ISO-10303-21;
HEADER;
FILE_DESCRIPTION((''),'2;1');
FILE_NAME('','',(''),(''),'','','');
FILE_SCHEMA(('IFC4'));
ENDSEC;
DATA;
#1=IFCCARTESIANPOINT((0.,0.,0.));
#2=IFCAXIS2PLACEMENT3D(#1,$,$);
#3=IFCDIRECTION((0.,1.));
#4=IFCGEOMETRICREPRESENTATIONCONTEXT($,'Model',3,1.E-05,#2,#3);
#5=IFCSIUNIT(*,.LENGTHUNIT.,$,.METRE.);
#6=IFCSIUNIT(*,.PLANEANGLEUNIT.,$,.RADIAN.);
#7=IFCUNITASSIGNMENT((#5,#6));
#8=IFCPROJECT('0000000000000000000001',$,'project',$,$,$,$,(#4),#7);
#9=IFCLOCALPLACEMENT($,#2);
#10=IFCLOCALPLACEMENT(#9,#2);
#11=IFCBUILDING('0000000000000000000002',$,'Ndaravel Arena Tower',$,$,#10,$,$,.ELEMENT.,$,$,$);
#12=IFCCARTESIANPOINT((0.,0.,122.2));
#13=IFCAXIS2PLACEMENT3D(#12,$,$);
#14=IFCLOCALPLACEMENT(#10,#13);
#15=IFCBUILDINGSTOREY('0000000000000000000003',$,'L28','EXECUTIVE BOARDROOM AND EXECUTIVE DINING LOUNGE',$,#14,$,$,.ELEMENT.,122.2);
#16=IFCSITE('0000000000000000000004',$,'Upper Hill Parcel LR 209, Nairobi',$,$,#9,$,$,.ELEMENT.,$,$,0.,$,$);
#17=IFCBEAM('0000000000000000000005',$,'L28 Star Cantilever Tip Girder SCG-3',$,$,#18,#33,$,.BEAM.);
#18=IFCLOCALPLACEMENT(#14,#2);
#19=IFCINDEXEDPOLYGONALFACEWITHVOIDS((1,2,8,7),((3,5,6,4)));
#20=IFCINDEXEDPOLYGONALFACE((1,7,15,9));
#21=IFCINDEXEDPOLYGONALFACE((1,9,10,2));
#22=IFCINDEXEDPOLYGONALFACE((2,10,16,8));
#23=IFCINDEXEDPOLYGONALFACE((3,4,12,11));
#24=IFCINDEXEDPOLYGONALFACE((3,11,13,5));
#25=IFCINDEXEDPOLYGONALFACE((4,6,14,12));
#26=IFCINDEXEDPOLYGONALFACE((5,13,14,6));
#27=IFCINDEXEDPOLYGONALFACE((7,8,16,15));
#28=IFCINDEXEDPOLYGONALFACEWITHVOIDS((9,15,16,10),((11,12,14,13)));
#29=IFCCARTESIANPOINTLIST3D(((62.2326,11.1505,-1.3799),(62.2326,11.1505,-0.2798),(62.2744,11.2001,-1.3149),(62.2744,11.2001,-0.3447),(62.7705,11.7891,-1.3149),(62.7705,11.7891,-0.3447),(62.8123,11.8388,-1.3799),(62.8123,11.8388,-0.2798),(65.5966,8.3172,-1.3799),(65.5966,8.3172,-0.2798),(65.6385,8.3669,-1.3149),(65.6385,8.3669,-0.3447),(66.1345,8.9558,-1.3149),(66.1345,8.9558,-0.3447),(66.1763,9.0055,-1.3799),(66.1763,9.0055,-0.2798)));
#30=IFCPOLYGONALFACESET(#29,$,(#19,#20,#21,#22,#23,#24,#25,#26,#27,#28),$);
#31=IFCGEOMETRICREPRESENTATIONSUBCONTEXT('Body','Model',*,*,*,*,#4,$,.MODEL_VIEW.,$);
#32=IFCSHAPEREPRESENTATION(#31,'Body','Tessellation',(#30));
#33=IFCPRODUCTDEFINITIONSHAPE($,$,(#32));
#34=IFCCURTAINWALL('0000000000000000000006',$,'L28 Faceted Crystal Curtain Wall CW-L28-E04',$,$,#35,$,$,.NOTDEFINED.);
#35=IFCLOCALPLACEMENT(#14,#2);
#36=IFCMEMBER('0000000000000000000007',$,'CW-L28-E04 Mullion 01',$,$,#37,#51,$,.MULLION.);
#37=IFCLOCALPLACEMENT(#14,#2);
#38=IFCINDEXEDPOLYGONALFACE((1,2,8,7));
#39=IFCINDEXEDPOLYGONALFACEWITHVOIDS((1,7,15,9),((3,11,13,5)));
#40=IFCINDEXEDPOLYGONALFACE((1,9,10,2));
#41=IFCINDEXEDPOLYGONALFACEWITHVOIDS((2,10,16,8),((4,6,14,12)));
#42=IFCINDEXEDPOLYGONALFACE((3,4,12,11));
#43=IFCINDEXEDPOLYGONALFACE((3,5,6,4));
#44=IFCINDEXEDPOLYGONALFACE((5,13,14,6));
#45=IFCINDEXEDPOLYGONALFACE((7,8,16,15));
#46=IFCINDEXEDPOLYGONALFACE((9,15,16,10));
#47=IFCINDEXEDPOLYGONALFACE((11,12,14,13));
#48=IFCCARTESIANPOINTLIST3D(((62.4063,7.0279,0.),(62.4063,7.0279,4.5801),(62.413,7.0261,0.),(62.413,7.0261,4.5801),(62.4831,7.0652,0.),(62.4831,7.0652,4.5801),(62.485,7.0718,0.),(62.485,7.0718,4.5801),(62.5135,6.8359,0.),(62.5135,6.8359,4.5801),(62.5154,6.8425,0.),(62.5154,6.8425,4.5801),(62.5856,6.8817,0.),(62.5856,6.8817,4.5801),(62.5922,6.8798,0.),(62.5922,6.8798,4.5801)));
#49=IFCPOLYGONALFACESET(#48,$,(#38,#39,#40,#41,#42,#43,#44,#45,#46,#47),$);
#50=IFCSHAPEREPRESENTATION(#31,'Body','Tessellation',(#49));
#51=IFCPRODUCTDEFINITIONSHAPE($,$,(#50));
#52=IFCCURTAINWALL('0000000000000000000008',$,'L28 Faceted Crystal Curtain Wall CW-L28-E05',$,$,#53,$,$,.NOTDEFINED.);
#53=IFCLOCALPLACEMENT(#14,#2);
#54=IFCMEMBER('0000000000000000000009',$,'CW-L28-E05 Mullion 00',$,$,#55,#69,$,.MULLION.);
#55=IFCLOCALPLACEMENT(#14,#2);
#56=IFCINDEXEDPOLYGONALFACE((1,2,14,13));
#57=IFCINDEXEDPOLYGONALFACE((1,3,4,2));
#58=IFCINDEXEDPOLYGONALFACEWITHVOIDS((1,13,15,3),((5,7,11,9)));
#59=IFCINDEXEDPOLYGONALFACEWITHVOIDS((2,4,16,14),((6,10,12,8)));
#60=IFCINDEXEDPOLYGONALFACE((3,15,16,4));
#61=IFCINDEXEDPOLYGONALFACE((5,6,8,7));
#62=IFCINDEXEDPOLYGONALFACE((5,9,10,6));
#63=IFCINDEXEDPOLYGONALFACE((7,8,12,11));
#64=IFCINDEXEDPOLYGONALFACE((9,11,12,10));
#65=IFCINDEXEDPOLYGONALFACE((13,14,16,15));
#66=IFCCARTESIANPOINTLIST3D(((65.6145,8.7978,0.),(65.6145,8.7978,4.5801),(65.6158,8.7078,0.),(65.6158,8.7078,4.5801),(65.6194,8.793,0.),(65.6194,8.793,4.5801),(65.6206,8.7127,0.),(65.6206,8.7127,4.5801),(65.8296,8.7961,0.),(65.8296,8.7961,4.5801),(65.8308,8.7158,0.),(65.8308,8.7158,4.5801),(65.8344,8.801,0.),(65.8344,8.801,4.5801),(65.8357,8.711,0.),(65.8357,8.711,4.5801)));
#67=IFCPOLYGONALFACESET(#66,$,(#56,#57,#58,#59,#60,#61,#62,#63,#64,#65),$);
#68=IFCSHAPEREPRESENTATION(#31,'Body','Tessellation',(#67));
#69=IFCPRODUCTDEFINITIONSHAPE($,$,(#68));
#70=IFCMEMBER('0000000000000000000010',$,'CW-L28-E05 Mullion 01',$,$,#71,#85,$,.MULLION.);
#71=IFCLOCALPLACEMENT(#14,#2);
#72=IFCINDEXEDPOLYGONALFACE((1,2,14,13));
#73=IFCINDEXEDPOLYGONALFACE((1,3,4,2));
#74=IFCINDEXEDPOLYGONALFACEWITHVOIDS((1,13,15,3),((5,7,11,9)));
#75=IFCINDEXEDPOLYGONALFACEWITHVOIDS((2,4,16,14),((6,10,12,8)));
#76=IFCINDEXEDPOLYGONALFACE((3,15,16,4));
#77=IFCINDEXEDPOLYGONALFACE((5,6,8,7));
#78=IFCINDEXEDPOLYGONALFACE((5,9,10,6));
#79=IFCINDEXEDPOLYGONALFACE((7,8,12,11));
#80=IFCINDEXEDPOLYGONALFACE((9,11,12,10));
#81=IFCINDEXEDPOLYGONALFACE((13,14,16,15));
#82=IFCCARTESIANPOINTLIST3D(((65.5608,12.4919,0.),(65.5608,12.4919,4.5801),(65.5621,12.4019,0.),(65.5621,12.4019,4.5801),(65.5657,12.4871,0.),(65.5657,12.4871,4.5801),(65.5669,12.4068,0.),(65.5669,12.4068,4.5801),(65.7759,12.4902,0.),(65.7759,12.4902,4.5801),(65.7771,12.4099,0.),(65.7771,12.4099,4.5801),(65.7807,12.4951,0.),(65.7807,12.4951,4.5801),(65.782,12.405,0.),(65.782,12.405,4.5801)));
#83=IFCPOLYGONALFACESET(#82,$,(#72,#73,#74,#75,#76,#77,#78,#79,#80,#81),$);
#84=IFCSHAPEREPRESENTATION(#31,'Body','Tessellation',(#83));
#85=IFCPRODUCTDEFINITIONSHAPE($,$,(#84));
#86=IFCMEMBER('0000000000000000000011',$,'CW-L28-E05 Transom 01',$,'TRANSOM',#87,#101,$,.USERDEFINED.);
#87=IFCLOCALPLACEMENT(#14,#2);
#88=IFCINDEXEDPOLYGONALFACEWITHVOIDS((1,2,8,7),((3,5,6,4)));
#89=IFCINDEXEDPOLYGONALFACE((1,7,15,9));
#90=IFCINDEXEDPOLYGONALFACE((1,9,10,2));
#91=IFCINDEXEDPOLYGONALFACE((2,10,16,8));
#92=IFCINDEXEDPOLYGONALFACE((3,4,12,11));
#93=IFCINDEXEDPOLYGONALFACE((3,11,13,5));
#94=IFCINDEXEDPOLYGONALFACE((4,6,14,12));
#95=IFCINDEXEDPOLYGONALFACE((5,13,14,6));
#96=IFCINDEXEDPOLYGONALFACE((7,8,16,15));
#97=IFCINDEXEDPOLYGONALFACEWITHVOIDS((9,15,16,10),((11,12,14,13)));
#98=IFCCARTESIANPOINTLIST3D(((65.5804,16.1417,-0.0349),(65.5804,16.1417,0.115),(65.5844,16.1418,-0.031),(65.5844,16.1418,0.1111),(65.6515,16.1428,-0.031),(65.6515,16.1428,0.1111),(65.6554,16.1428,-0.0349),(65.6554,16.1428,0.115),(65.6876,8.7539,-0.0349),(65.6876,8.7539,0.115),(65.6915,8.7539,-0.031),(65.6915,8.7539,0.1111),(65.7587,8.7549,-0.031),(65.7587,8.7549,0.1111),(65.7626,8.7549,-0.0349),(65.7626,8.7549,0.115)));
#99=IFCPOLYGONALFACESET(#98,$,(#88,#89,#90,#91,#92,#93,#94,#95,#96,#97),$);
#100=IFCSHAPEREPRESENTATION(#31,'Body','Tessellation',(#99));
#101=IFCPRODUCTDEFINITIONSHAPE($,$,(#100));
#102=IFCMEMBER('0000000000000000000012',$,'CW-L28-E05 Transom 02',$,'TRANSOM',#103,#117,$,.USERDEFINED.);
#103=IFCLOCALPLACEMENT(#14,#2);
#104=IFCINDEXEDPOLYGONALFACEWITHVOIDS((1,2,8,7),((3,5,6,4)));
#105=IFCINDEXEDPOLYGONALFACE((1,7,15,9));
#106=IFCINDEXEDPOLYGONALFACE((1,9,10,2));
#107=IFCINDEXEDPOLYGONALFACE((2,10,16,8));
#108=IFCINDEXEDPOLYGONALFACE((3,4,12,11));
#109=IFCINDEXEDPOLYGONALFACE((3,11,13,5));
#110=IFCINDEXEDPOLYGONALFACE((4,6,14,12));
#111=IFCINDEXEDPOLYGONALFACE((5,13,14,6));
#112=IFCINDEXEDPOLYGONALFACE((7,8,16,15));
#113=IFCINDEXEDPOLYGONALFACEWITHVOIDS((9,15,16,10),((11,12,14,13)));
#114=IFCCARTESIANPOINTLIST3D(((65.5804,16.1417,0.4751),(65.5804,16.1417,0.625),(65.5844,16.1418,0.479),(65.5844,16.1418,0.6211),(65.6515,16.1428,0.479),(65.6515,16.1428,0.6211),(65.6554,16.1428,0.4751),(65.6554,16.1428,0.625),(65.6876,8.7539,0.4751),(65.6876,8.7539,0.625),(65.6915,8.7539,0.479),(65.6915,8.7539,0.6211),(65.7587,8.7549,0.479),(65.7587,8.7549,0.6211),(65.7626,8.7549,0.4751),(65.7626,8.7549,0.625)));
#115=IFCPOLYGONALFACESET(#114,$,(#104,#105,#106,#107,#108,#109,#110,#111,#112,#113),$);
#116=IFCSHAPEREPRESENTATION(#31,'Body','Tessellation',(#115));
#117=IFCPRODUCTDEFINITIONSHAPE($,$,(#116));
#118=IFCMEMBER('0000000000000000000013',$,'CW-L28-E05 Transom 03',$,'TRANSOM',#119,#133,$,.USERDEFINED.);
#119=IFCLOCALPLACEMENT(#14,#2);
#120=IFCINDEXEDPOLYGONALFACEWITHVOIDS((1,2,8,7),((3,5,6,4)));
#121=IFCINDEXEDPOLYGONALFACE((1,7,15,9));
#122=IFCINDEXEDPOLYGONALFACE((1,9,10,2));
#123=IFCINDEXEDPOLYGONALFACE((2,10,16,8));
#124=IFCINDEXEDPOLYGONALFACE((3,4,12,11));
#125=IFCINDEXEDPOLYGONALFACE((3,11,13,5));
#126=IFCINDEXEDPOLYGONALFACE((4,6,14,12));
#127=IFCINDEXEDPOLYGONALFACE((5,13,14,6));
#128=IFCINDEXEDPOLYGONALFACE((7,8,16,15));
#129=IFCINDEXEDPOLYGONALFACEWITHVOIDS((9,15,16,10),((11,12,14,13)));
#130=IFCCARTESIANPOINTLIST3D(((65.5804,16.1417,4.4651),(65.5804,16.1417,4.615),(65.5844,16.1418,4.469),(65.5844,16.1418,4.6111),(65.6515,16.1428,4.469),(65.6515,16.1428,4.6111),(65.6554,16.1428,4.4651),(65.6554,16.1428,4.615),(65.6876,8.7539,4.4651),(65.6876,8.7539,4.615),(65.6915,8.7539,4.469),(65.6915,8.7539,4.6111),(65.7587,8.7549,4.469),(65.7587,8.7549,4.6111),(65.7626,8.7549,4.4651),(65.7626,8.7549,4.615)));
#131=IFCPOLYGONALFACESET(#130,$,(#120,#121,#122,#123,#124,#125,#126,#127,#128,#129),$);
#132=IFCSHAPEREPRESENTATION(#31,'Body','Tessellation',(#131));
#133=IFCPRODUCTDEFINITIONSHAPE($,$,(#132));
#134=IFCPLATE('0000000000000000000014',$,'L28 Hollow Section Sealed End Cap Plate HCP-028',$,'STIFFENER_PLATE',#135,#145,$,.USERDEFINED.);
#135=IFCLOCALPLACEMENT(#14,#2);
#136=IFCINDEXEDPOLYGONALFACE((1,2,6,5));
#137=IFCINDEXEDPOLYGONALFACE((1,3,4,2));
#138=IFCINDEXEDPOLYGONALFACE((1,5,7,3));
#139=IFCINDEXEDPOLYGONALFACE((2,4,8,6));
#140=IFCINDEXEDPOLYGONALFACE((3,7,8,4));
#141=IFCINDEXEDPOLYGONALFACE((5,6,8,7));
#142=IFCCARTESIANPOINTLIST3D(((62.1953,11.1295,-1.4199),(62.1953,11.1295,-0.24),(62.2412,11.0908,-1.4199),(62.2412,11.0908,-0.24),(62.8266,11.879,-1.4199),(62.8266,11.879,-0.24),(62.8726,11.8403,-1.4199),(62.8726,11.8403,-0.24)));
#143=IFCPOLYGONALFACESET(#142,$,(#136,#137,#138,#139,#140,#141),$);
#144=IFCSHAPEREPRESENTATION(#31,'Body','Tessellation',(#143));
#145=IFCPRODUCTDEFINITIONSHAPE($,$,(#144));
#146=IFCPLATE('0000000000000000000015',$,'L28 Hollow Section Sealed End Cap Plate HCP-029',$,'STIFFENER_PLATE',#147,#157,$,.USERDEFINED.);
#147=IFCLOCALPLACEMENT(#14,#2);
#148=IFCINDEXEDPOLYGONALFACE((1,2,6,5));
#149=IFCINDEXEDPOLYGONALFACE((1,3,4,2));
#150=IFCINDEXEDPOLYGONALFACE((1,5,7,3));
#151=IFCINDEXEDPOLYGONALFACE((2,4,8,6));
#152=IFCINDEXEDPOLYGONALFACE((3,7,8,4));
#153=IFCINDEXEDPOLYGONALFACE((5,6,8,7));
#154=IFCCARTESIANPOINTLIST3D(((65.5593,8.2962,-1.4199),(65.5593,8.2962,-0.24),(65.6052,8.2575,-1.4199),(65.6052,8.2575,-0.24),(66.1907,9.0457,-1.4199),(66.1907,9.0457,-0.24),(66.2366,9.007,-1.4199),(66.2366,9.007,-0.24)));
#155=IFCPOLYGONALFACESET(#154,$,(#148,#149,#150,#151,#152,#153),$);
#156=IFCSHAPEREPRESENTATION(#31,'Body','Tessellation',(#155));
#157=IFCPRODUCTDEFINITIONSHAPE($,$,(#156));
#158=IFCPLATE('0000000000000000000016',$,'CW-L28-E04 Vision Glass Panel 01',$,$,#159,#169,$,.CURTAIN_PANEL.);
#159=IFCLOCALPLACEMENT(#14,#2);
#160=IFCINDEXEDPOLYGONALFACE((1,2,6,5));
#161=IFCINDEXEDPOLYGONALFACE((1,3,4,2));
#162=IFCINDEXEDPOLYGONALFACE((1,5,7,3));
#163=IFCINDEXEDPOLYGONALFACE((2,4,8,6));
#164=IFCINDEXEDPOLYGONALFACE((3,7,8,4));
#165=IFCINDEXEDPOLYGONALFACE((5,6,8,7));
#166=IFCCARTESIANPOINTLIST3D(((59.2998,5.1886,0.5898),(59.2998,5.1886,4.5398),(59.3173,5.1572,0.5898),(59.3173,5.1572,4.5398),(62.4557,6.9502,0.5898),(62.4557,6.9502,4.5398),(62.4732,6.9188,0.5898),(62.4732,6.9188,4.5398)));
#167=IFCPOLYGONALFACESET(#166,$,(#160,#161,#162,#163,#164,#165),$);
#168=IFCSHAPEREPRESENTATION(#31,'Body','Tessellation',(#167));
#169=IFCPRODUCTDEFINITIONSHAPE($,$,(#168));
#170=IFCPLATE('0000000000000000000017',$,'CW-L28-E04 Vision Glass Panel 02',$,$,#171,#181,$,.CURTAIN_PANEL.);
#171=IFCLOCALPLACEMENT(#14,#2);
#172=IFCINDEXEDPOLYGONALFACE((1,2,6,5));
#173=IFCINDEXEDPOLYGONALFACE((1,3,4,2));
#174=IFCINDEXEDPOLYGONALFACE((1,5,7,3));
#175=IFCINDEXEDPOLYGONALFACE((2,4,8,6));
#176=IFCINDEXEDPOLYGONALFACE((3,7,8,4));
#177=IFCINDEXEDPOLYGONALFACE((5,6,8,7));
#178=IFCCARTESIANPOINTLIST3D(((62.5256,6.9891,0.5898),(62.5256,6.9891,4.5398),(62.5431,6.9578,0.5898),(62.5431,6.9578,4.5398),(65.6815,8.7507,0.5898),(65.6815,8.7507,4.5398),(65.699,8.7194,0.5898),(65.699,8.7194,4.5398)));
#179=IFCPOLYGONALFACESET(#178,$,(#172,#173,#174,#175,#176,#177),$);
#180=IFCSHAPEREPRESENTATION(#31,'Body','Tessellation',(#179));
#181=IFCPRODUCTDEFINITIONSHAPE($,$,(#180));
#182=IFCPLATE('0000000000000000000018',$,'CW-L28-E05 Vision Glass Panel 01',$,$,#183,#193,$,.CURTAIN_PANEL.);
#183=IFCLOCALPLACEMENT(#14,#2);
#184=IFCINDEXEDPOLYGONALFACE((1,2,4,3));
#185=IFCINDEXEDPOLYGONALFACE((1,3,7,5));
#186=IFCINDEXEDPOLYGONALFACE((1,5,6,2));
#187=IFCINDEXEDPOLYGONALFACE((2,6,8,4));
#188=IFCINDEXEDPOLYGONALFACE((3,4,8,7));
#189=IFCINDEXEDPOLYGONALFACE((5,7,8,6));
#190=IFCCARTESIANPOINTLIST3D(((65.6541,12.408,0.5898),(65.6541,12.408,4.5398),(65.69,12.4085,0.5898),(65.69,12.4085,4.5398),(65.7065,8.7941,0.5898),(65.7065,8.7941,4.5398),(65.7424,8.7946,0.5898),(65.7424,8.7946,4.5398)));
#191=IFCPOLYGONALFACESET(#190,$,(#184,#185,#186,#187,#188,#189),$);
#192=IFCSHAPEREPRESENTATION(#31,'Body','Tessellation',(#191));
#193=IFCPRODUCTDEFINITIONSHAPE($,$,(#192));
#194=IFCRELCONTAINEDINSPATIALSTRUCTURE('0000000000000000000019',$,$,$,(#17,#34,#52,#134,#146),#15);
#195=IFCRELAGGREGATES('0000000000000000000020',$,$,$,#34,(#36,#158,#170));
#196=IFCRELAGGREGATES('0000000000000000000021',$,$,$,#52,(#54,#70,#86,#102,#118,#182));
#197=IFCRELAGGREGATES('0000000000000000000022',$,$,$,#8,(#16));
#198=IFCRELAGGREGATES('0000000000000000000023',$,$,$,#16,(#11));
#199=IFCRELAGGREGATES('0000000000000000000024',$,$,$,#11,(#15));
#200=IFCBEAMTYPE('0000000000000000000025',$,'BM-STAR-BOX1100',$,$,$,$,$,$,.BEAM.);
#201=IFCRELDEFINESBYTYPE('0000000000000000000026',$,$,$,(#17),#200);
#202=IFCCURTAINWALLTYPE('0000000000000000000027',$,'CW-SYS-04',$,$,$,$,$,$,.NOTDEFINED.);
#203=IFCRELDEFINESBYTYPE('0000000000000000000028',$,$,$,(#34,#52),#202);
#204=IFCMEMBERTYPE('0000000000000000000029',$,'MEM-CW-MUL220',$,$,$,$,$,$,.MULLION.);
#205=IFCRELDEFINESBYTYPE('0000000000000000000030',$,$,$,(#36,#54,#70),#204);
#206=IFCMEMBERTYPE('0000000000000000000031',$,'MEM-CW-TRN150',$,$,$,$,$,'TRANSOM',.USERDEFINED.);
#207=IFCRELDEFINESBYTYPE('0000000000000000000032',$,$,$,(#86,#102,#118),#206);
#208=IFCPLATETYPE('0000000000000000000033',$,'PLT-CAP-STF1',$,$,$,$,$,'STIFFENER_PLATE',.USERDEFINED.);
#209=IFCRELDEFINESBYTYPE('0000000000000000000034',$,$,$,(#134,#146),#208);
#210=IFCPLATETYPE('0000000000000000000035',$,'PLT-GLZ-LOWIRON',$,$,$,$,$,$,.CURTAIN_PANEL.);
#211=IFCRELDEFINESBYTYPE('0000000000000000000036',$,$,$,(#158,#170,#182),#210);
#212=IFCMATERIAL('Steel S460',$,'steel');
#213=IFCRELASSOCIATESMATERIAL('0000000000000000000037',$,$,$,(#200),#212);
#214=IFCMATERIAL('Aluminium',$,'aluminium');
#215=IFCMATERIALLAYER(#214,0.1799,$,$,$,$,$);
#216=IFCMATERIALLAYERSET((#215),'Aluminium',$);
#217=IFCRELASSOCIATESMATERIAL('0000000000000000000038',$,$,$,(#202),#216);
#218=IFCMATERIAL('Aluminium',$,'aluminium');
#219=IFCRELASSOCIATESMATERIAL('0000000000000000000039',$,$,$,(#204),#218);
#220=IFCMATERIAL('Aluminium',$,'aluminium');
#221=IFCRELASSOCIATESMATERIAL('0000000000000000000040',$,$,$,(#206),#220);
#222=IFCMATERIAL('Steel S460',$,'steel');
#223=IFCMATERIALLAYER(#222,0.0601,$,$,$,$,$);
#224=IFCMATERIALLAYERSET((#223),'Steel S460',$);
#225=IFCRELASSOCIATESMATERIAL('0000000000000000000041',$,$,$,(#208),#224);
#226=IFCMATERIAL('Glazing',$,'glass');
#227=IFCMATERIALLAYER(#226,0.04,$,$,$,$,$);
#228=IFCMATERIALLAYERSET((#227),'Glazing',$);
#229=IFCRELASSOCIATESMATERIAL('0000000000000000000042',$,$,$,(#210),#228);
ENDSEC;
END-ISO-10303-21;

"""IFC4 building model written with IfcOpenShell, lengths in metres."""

from ifc_helpers import new_model, si_unit, direction, frame, origin, origin_2d, place, context, subcontext, project, spatial, rectangle, hollow_rectangle, extrude, material, layer, layer_set, material_profile, profile_set, type_object, element, aggregate, save


model = new_model("IFC4")

# Units and contexts
model_context = context("Model", 3, precision=1e-05, world=origin(), true_north=direction((0.0, 1.0)))
body_context = subcontext(model_context, "Body", "Model", "MODEL_VIEW")
ifc_project = project(units=[si_unit("LENGTHUNIT", "METRE"), si_unit("PLANEANGLEUNIT", "RADIAN")], contexts=[model_context])

# Site, building, storey
site_placement = place(None, origin())
site = spatial("IfcSite", under=ifc_project, at=site_placement, Name="Upper Hill Parcel LR 209, Nairobi", CompositionType="ELEMENT", RefElevation=0.0)
building_placement = place(site_placement, origin())
building = spatial("IfcBuilding", under=site, at=building_placement, Name="Ndaravel Arena Tower", CompositionType="ELEMENT")
storey_placement = place(building_placement, frame((0.0, 0.0, 122.2)))
storey = spatial("IfcBuildingStorey", under=building, at=storey_placement, Name="L28", Description="EXECUTIVE BOARDROOM AND EXECUTIVE DINING LOUNGE", CompositionType="ELEMENT", Elevation=122.2)

# Beam
ifc_material_1 = material(Name="Steel S460", Category="steel")
ifc_material_profile_1 = material_profile(ifc_material_1, hollow_rectangle(XDim=0.8999, YDim=1.1001, WallThickness=0.0649, at=origin_2d()), Name="BOX 1100x900x65")
ifc_profile_set_1 = profile_set([ifc_material_profile_1], Name="Steel S460")
beam_type_1 = type_object("IfcBeamType", Name="BM-STAR-BOX1100", PredefinedType="BEAM", material=ifc_profile_set_1)
beam_1_placement = place(storey_placement, frame((62.5225, 11.4946, -0.8298), z_axis=(0.764867, -0.644189, 0.0), x_axis=(0.644189, 0.764867, 0.0)))
element("IfcBeam", 1, at=beam_1_placement, inside=storey, type_object=beam_type_1, Name="L28 Star Cantilever Tip Girder SCG-3", PredefinedType="BEAM", context=body_context, shape_type="SweptSolid", body=[
    extrude(hollow_rectangle(XDim=0.8999, YDim=1.1001, WallThickness=0.0649, at=origin_2d()), origin(), (0.0, 0.0, 1.0), 4.3982),
])

# Curtain wall, member
ifc_material_2 = material(Name="Aluminium", Category="aluminium")
ifc_layer_1 = layer(ifc_material_2, 0.1799)
ifc_layer_set_1 = layer_set([ifc_layer_1], Name="Aluminium")
curtain_wall_type = type_object("IfcCurtainWallType", Name="CW-SYS-04", PredefinedType="NOTDEFINED", material=ifc_layer_set_1)
curtain_wall_1_placement = place(storey_placement, origin())
curtain_wall_1 = element("IfcCurtainWall", 2, at=curtain_wall_1_placement, inside=storey, type_object=curtain_wall_type, Name="L28 Faceted Crystal Curtain Wall CW-L28-E04", PredefinedType="NOTDEFINED")
ifc_material_3 = material(Name="Aluminium", Category="aluminium")
ifc_material_profile_2 = material_profile(ifc_material_3, hollow_rectangle(XDim=0.0901, YDim=0.22, WallThickness=0.0049, at=origin_2d()), Name="CW MULLION 90x220x5")
ifc_profile_set_2 = profile_set([ifc_material_profile_2], Name="Aluminium")
member_type_1 = type_object("IfcMemberType", Name="MEM-CW-MUL220", PredefinedType="MULLION", material=ifc_profile_set_2)
member_1_placement = place(storey_placement, frame((62.4993, 6.9539, 0.0), z_axis=(0.0, 0.0, 1.0), x_axis=(0.873177, 0.487403, 0.0)))
member_1 = element("IfcMember", 3, at=member_1_placement, type_object=member_type_1, Name="CW-L28-E04 Mullion 01", PredefinedType="MULLION", context=body_context, shape_type="SweptSolid", body=[
    extrude(hollow_rectangle(XDim=0.0901, YDim=0.22, WallThickness=0.0049, at=origin_2d()), origin(), (0.0, 0.0, 1.0), 4.5801),
])

# Curtain wall, members
curtain_wall_2_placement = place(storey_placement, origin())
curtain_wall_2 = element("IfcCurtainWall", 4, at=curtain_wall_2_placement, inside=storey, type_object=curtain_wall_type, Name="L28 Faceted Crystal Curtain Wall CW-L28-E05", PredefinedType="NOTDEFINED")
member_2_placement = place(storey_placement, frame((65.7251, 8.7544, 0.0), z_axis=(0.0, 0.0, 1.0), x_axis=(-0.014503, 0.999895, 0.0)))
member_2 = element("IfcMember", 5, at=member_2_placement, type_object=member_type_1, Name="CW-L28-E05 Mullion 00", PredefinedType="MULLION", context=body_context, shape_type="SweptSolid", body=[
    extrude(hollow_rectangle(XDim=0.0901, YDim=0.22, WallThickness=0.0049, at=origin_2d()), origin(), (0.0, 0.0, 1.0), 4.5801),
])
member_3_placement = place(storey_placement, frame((65.6714, 12.4485, 0.0), z_axis=(0.0, 0.0, 1.0), x_axis=(-0.014503, 0.999895, 0.0)))
member_3 = element("IfcMember", 6, at=member_3_placement, type_object=member_type_1, Name="CW-L28-E05 Mullion 01", PredefinedType="MULLION", context=body_context, shape_type="SweptSolid", body=[
    extrude(hollow_rectangle(XDim=0.0901, YDim=0.22, WallThickness=0.0049, at=origin_2d()), origin(), (0.0, 0.0, 1.0), 4.5801),
])
ifc_material_4 = material(Name="Aluminium", Category="aluminium")
ifc_material_profile_3 = material_profile(ifc_material_4, hollow_rectangle(XDim=0.075, YDim=0.1499, WallThickness=0.0039, at=origin_2d()), Name="CW TRANSOM 75x150x4")
ifc_profile_set_3 = profile_set([ifc_material_profile_3], Name="Aluminium")
member_type_2 = type_object("IfcMemberType", Name="MEM-CW-TRN150", ElementType="TRANSOM", PredefinedType="USERDEFINED", material=ifc_profile_set_3)
member_4_placement = place(storey_placement, frame((65.7251, 8.7544, 0.04), z_axis=(-0.014506, 0.999895, 0.0), x_axis=(-0.999895, -0.014506, 0.0)))
member_4 = element("IfcMember", 7, at=member_4_placement, type_object=member_type_2, Name="CW-L28-E05 Transom 01", ObjectType="TRANSOM", PredefinedType="USERDEFINED", context=body_context, shape_type="SweptSolid", body=[
    extrude(hollow_rectangle(XDim=0.075, YDim=0.1499, WallThickness=0.0039, at=origin_2d()), origin(), (0.0, 0.0, 1.0), 7.3887),
])
member_5_placement = place(storey_placement, frame((65.7251, 8.7544, 0.55), z_axis=(-0.014506, 0.999895, 0.0), x_axis=(-0.999895, -0.014506, 0.0)))
member_5 = element("IfcMember", 8, at=member_5_placement, type_object=member_type_2, Name="CW-L28-E05 Transom 02", ObjectType="TRANSOM", PredefinedType="USERDEFINED", context=body_context, shape_type="SweptSolid", body=[
    extrude(hollow_rectangle(XDim=0.075, YDim=0.1499, WallThickness=0.0039, at=origin_2d()), origin(), (0.0, 0.0, 1.0), 7.3887),
])
member_6_placement = place(storey_placement, frame((65.7251, 8.7544, 4.54), z_axis=(-0.014506, 0.999895, 0.0), x_axis=(-0.999895, -0.014506, 0.0)))
member_6 = element("IfcMember", 9, at=member_6_placement, type_object=member_type_2, Name="CW-L28-E05 Transom 03", ObjectType="TRANSOM", PredefinedType="USERDEFINED", context=body_context, shape_type="SweptSolid", body=[
    extrude(hollow_rectangle(XDim=0.075, YDim=0.1499, WallThickness=0.0039, at=origin_2d()), origin(), (0.0, 0.0, 1.0), 7.3887),
])

# Plates
ifc_material_5 = material(Name="Steel S460", Category="steel")
ifc_layer_2 = layer(ifc_material_5, 0.0601)
ifc_layer_set_2 = layer_set([ifc_layer_2], Name="Steel S460")
plate_type_1 = type_object("IfcPlateType", Name="PLT-CAP-STF1", ElementType="STIFFENER_PLATE", PredefinedType="USERDEFINED", material=ifc_layer_set_2)
for number, where, z_axis, x_axis, name in (
    (10, (62.5339, 11.4849, -1.4199), (0.0, 0.0, 1.0), (0.764809, -0.644257, 0.0), "L28 Hollow Section Sealed End Cap Plate HCP-028"),
    (11, (65.8979, 8.6516, -1.4199), (0.0, 0.0, 1.0), (0.764809, -0.644257, 0.0), "L28 Hollow Section Sealed End Cap Plate HCP-029"),
):
    element("IfcPlate", number, at=place(storey_placement, frame(where, z_axis=z_axis, x_axis=x_axis)), inside=storey, type_object=plate_type_1, Name=name, ObjectType="STIFFENER_PLATE", PredefinedType="USERDEFINED", context=body_context, shape_type="SweptSolid", body=[
        extrude(rectangle(XDim=0.0601, YDim=0.98, at=origin_2d()), origin(), (0.0, 0.0, 1.0), 1.1799),
    ])

# Plates
ifc_material_6 = material(Name="Glazing", Category="glass")
ifc_layer_3 = layer(ifc_material_6, 0.04)
ifc_layer_set_3 = layer_set([ifc_layer_3], Name="Glazing")
plate_type_2 = type_object("IfcPlateType", Name="PLT-GLZ-LOWIRON", PredefinedType="CURTAIN_PANEL", material=ifc_layer_set_3)
plate_1_placement = place(storey_placement, frame((60.8865, 6.0537, 0.5898), z_axis=(0.0, 0.0, 1.0), x_axis=(0.873177, 0.487403, 0.0)))
plate_1 = element("IfcPlate", 12, at=plate_1_placement, type_object=plate_type_2, Name="CW-L28-E04 Vision Glass Panel 01", PredefinedType="CURTAIN_PANEL", context=body_context, shape_type="SweptSolid", body=[
    extrude(rectangle(XDim=3.6143, YDim=0.0359, at=origin_2d()), origin(), (0.0, 0.0, 1.0), 3.95),
])
plate_2_placement = place(storey_placement, frame((64.1123, 7.8542, 0.5898), z_axis=(0.0, 0.0, 1.0), x_axis=(0.873177, 0.487403, 0.0)))
plate_2 = element("IfcPlate", 13, at=plate_2_placement, type_object=plate_type_2, Name="CW-L28-E04 Vision Glass Panel 02", PredefinedType="CURTAIN_PANEL", context=body_context, shape_type="SweptSolid", body=[
    extrude(rectangle(XDim=3.6143, YDim=0.0359, at=origin_2d()), origin(), (0.0, 0.0, 1.0), 3.95),
])
plate_3_placement = place(storey_placement, frame((65.6982, 10.6013, 0.5898), z_axis=(0.0, 0.0, 1.0), x_axis=(-0.014503, 0.999895, 0.0)))
plate_3 = element("IfcPlate", 14, at=plate_3_placement, type_object=plate_type_2, Name="CW-L28-E05 Vision Glass Panel 01", PredefinedType="CURTAIN_PANEL", context=body_context, shape_type="SweptSolid", body=[
    extrude(rectangle(XDim=3.6143, YDim=0.0359, at=origin_2d()), origin(), (0.0, 0.0, 1.0), 3.95),
])
aggregate(curtain_wall_1, [member_1, plate_1, plate_2])
aggregate(curtain_wall_2, [member_2, member_3, member_4, member_5, member_6, plate_3])

save(model, "model.ifc")
